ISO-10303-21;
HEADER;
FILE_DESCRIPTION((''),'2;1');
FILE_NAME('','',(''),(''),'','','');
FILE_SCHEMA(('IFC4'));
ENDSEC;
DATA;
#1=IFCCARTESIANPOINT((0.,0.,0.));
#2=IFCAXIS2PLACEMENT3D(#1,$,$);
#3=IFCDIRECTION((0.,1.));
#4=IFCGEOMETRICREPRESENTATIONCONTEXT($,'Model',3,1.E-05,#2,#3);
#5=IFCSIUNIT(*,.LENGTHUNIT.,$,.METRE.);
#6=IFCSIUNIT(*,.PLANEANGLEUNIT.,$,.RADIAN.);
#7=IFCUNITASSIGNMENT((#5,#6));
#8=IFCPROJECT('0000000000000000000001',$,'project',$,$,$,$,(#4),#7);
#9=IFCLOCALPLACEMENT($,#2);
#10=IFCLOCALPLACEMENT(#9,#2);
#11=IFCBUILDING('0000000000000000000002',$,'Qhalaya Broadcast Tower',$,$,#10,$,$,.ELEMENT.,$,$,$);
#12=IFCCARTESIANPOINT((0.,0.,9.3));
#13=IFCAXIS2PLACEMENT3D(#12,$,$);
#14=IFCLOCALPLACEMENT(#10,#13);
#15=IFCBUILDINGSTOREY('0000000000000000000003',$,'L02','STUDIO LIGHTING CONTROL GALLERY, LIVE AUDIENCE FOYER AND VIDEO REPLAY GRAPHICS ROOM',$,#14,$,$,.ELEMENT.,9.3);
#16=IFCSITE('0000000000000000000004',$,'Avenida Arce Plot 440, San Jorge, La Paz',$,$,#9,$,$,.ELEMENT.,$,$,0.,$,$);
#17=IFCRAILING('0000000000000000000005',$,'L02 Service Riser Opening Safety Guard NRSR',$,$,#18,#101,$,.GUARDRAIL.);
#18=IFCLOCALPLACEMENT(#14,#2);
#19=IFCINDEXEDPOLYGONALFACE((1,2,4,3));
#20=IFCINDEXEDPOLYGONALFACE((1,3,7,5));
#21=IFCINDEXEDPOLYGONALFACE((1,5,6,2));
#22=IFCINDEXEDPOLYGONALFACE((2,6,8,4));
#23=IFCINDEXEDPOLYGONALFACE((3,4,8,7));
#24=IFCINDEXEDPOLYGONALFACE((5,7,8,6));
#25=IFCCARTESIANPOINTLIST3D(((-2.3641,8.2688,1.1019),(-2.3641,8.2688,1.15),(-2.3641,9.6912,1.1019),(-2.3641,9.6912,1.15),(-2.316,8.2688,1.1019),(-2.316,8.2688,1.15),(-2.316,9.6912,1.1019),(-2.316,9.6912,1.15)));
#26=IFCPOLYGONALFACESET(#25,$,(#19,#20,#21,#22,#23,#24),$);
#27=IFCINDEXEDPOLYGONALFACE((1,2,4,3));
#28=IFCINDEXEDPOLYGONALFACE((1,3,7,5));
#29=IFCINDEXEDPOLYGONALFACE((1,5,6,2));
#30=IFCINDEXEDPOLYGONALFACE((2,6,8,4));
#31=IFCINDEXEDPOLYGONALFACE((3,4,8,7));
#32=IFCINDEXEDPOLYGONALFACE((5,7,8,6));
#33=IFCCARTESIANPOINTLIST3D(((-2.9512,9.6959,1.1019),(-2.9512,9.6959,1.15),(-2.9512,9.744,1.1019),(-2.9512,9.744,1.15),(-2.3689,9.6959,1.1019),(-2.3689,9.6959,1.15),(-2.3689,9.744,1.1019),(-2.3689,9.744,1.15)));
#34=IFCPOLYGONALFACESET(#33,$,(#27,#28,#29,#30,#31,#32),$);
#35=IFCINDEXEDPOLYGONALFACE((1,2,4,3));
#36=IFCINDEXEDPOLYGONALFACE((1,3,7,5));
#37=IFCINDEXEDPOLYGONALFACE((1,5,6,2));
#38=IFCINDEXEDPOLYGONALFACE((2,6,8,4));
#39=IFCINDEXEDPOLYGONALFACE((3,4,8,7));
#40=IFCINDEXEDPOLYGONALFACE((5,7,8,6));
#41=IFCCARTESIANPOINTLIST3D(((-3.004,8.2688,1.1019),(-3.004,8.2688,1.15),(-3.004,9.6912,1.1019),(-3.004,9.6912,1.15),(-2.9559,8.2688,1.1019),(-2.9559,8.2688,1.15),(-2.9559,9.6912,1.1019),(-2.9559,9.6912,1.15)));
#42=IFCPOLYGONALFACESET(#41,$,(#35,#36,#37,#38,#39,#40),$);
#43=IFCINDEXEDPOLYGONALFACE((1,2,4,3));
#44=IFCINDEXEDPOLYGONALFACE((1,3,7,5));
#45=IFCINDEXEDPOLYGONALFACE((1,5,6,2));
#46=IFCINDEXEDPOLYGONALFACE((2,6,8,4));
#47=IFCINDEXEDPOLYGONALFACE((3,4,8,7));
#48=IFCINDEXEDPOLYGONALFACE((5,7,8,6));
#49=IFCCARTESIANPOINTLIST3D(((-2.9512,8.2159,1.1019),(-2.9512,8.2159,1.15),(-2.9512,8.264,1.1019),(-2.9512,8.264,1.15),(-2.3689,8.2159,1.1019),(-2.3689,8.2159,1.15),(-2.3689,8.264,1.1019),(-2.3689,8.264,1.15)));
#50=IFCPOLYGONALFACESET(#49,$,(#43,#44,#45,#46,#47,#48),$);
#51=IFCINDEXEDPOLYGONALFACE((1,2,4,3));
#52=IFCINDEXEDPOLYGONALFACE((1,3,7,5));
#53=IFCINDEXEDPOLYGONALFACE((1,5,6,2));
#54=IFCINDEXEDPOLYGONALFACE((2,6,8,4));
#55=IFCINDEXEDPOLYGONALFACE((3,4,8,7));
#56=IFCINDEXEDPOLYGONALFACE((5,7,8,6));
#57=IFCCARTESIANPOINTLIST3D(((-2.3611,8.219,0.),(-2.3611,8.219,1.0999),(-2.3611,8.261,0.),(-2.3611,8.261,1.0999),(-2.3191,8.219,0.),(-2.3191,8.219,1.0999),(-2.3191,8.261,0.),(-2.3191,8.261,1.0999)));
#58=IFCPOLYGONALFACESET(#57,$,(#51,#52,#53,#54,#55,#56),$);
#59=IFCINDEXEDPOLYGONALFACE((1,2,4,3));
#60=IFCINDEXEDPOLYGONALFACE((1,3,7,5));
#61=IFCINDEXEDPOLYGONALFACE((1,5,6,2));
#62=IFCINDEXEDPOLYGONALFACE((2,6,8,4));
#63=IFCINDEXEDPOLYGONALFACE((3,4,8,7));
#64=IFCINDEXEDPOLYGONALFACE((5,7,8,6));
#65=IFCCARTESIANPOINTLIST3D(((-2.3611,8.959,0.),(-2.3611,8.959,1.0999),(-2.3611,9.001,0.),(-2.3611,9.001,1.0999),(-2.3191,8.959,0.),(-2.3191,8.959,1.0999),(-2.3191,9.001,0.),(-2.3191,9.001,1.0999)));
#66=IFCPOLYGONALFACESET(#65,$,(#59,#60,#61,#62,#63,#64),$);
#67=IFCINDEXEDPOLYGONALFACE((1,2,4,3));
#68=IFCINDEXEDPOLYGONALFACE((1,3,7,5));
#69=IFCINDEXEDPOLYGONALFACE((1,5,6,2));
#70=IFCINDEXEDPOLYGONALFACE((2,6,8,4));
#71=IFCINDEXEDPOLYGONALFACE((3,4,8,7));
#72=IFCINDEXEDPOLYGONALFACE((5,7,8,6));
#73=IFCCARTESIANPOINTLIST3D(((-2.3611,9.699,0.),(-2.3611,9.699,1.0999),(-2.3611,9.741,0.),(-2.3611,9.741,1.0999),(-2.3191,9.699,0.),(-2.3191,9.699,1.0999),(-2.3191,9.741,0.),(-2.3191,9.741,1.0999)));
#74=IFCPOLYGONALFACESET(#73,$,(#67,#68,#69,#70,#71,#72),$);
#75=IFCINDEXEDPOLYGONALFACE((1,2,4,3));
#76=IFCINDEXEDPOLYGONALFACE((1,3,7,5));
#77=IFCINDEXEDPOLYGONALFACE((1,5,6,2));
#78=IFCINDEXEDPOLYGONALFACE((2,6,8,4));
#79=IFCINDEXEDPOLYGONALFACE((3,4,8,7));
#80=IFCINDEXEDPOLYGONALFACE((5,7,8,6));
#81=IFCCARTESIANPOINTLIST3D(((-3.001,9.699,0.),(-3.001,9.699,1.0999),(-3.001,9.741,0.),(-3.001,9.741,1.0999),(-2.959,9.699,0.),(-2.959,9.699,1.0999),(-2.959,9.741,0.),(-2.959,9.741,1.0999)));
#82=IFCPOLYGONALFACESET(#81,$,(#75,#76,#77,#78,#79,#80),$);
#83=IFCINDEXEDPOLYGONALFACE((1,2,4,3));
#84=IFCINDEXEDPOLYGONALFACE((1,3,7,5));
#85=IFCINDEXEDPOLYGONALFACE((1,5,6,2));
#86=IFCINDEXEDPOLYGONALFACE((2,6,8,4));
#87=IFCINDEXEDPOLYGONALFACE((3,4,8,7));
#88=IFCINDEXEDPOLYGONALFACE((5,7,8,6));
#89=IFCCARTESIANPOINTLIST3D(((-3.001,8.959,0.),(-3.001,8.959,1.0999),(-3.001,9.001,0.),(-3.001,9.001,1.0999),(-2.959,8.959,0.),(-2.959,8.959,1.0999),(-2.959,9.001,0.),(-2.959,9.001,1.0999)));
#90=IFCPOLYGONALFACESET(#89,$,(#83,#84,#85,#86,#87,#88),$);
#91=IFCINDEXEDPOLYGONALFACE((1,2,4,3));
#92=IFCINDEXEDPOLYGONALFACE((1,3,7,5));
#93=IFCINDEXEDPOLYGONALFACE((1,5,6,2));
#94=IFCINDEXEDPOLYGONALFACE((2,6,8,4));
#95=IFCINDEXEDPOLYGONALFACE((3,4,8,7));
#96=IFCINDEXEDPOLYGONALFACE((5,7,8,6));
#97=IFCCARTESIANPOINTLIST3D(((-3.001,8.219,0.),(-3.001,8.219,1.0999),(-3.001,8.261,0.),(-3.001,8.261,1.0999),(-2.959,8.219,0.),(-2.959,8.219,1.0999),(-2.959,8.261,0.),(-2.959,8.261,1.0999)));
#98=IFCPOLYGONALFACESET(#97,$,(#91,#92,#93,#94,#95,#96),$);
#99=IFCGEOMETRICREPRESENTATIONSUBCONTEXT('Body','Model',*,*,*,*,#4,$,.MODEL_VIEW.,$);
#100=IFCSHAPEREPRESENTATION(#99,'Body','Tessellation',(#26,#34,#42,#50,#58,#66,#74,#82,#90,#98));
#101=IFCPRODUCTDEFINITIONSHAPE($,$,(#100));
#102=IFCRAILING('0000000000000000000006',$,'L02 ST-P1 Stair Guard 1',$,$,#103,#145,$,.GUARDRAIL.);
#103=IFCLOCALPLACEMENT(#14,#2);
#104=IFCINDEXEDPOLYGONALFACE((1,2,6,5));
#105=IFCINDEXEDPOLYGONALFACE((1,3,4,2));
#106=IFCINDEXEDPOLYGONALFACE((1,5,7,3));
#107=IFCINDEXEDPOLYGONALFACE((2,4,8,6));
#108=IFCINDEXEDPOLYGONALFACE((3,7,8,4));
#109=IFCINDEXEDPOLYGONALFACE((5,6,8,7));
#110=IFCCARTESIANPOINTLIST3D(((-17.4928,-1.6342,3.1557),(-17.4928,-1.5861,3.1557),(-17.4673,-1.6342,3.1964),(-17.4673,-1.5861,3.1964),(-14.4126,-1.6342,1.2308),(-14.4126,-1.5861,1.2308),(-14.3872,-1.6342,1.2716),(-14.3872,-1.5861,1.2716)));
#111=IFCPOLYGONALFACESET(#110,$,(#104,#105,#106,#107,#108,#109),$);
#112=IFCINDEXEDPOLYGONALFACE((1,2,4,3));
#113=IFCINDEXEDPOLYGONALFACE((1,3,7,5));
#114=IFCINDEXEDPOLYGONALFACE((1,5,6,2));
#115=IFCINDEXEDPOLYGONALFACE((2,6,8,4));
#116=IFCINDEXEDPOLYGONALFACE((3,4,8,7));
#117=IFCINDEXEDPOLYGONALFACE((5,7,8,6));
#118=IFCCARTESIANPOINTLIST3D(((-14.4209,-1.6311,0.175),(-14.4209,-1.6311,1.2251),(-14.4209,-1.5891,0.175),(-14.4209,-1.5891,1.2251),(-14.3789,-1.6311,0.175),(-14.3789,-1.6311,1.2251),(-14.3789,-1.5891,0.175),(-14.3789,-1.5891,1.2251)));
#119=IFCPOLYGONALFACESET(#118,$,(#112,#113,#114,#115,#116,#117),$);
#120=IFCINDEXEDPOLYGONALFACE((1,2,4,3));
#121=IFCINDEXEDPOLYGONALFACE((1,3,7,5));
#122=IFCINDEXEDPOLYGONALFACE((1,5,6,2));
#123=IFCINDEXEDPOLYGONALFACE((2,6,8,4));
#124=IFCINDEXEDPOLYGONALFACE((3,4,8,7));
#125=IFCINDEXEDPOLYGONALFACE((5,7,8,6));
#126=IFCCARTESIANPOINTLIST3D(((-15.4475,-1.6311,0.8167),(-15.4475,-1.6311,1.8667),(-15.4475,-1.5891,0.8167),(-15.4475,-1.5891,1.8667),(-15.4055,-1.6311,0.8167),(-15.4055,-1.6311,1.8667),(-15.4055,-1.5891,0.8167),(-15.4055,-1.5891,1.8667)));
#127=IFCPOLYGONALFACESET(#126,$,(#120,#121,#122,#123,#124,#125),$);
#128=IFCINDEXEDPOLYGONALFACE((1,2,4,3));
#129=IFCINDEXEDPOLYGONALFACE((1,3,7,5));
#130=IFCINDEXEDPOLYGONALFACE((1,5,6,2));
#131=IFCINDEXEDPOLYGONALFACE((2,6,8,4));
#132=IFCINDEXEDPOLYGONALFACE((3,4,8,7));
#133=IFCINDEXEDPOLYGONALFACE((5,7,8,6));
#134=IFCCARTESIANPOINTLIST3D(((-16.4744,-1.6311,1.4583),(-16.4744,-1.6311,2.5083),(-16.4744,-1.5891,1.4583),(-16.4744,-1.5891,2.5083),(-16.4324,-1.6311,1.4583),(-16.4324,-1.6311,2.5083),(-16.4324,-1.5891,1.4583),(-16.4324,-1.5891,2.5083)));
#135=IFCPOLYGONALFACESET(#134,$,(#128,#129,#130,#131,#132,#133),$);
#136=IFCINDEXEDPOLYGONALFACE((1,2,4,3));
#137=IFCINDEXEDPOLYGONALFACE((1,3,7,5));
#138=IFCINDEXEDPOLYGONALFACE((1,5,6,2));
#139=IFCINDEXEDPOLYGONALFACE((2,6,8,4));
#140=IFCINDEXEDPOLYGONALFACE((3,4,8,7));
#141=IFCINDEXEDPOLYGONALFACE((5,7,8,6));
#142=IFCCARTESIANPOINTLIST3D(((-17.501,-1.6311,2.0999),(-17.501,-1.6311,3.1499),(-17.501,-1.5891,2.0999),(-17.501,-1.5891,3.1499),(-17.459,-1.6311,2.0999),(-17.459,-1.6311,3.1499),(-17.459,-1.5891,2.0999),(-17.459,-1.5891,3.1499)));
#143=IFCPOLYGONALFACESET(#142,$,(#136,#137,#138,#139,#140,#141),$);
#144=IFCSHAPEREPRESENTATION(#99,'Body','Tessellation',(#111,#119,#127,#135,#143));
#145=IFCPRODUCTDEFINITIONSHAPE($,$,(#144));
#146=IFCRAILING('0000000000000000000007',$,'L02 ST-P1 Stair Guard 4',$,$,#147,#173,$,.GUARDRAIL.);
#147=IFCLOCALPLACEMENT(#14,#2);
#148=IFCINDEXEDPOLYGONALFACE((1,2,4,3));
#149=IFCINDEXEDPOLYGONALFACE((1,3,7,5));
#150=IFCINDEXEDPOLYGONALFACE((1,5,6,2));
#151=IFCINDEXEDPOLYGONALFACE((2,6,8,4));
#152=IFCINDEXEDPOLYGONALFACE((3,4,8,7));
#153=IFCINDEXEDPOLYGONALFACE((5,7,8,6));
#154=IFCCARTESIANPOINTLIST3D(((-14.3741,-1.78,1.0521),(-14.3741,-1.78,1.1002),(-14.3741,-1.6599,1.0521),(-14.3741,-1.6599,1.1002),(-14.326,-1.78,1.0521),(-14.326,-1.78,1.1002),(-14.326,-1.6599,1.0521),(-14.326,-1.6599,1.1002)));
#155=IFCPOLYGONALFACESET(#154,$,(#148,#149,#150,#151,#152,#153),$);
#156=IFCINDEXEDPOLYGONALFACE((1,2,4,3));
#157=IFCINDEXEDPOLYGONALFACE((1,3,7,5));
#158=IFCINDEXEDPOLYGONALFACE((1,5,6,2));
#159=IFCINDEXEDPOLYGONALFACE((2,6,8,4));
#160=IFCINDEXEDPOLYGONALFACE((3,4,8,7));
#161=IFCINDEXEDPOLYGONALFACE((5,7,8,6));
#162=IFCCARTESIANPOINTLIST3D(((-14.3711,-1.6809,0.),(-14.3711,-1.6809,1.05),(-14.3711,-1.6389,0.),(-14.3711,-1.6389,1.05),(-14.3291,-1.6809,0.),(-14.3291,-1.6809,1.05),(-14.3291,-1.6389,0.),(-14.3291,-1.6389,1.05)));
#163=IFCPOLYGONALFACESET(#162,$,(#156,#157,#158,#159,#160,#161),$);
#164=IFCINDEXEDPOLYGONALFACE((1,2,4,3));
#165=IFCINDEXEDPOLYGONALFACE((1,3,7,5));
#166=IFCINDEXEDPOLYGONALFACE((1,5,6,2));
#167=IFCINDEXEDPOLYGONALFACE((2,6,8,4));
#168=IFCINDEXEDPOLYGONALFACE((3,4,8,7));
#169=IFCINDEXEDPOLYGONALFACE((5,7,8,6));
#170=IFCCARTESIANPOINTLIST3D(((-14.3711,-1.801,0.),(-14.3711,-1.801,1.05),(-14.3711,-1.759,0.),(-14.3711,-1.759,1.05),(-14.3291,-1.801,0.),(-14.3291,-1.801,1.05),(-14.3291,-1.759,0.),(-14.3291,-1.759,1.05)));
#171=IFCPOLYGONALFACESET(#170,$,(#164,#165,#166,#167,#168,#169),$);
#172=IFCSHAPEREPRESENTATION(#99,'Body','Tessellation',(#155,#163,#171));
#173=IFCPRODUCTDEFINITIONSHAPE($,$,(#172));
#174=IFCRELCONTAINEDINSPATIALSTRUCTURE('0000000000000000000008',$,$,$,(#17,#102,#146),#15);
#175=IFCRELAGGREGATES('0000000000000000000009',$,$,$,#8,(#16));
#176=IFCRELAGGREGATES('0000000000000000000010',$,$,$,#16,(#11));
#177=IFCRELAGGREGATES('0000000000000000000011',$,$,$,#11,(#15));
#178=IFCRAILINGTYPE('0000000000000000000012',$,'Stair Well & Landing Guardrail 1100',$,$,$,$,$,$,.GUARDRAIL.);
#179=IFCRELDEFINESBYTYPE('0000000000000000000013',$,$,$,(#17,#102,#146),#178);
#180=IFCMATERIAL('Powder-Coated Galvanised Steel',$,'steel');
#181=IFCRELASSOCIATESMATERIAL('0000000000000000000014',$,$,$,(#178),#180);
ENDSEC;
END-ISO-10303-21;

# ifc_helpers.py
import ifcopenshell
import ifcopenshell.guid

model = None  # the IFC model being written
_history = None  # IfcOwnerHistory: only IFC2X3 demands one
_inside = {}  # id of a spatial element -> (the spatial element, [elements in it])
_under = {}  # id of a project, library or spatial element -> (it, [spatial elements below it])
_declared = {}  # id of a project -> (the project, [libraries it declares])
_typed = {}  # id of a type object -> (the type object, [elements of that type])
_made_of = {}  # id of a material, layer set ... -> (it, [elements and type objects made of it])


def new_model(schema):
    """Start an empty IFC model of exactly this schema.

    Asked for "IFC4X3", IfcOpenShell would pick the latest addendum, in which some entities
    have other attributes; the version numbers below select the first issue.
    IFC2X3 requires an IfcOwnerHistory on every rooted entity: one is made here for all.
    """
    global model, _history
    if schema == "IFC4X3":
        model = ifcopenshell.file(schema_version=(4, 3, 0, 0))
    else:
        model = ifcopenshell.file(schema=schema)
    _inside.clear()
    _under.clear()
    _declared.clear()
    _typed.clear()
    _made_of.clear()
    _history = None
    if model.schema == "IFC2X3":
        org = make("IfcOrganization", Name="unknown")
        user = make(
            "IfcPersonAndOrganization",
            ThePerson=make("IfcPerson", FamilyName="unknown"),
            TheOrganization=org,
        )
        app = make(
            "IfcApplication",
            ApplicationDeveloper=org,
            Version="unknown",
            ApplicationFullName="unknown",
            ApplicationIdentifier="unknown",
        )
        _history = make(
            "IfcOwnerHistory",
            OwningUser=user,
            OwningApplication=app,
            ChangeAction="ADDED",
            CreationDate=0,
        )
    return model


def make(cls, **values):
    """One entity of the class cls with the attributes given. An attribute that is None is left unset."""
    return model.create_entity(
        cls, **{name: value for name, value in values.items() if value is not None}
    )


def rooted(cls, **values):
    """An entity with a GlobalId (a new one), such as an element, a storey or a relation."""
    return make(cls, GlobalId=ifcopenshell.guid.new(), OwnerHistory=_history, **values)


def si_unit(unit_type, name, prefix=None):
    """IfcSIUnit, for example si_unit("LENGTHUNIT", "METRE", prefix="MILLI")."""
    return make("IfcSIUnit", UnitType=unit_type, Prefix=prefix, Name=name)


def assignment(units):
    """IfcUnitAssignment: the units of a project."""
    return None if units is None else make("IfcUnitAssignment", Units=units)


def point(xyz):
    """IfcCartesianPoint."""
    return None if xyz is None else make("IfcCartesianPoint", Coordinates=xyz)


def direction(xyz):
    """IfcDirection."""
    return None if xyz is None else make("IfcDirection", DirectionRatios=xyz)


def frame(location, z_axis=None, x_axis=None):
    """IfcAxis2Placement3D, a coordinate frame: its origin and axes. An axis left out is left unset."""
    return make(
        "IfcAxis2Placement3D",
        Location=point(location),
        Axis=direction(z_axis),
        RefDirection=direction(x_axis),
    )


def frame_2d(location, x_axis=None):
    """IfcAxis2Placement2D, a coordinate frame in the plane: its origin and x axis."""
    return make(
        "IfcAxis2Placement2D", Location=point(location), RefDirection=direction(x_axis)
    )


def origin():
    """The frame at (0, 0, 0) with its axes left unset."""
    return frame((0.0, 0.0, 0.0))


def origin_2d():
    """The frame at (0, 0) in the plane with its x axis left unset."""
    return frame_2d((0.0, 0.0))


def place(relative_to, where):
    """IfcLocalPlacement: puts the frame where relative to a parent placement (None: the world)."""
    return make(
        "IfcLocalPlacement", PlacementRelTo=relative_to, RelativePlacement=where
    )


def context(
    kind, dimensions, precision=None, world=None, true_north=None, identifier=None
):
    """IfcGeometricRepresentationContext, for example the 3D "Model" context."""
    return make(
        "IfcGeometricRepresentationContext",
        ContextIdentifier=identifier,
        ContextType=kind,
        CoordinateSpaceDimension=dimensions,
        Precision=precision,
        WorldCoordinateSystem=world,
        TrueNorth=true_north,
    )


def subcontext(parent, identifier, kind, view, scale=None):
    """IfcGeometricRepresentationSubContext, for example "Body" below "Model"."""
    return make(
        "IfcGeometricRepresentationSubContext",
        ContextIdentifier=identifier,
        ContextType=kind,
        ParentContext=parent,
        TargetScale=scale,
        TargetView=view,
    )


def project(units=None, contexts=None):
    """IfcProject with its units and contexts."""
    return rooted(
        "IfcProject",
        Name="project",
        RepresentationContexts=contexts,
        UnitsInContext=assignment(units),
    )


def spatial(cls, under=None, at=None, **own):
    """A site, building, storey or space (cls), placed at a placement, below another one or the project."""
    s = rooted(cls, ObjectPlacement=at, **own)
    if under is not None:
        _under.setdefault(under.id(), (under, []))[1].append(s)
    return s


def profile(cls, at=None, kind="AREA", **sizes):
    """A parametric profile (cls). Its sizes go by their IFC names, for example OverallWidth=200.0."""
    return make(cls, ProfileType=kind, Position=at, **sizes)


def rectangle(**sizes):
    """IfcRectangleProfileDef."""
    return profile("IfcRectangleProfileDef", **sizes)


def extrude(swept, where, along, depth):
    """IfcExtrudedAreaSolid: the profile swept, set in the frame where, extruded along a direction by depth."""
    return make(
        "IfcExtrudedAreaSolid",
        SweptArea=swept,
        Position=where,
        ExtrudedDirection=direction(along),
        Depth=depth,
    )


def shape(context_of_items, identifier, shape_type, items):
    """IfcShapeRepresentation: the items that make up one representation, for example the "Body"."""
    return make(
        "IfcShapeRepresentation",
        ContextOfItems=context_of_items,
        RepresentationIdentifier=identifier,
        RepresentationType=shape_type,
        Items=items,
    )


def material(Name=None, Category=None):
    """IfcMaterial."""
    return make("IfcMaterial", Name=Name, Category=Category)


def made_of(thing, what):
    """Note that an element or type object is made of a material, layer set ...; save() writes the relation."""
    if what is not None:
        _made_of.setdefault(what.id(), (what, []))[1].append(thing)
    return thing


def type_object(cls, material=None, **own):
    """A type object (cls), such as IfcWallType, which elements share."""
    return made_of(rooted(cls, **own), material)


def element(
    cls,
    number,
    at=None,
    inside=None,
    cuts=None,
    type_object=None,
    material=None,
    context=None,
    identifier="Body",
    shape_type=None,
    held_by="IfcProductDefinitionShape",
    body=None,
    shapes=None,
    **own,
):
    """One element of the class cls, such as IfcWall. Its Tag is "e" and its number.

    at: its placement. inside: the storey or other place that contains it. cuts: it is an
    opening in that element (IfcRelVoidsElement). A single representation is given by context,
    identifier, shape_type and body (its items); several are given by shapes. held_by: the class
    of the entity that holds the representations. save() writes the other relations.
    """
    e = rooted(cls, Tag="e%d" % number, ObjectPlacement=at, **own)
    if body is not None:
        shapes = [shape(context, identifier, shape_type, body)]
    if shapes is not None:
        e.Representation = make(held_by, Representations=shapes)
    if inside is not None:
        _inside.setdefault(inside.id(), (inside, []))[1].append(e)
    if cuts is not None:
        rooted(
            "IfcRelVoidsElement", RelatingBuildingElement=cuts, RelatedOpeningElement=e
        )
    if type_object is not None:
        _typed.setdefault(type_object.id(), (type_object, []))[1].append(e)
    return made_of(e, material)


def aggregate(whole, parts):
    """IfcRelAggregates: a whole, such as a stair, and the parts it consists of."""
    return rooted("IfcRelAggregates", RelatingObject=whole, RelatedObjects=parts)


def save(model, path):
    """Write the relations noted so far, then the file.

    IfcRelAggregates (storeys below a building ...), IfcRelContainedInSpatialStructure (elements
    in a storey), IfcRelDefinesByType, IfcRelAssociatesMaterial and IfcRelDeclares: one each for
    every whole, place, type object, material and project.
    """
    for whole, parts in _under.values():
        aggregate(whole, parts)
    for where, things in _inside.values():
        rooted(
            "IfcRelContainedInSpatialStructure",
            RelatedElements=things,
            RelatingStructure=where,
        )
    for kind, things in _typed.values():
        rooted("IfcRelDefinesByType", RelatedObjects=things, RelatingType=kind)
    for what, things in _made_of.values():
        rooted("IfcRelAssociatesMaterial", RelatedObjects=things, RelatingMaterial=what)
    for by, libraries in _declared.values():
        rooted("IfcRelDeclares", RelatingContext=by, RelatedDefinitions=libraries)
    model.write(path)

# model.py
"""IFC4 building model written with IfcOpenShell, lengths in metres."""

from ifc_helpers import new_model, si_unit, direction, frame, origin, origin_2d, place, context, subcontext, project, spatial, rectangle, extrude, material, type_object, element, save


model = new_model("IFC4")

# Units and contexts
model_context = context("Model", 3, precision=1e-05, world=origin(), true_north=direction((0.0, 1.0)))
body_context = subcontext(model_context, "Body", "Model", "MODEL_VIEW")
ifc_project = project(units=[si_unit("LENGTHUNIT", "METRE"), si_unit("PLANEANGLEUNIT", "RADIAN")], contexts=[model_context])

# Site, building, storey
site_placement = place(None, origin())
site = spatial("IfcSite", under=ifc_project, at=site_placement, Name="Avenida Arce Plot 440, San Jorge, La Paz", CompositionType="ELEMENT", RefElevation=0.0)
building_placement = place(site_placement, origin())
building = spatial("IfcBuilding", under=site, at=building_placement, Name="Qhalaya Broadcast Tower", CompositionType="ELEMENT")
storey_placement = place(building_placement, frame((0.0, 0.0, 9.3)))
storey = spatial("IfcBuildingStorey", under=building, at=storey_placement, Name="L02", Description="STUDIO LIGHTING CONTROL GALLERY, LIVE AUDIENCE FOYER AND VIDEO REPLAY GRAPHICS ROOM", CompositionType="ELEMENT", Elevation=9.3)

# Railings
ifc_material_1 = material(Name="Powder-Coated Galvanised Steel", Category="steel")
railing_type_1 = type_object("IfcRailingType", Name="Stair Well & Landing Guardrail 1100", PredefinedType="GUARDRAIL", material=ifc_material_1)
railing_1_placement = place(storey_placement, frame((-2.3401, 8.24, 0.0)))
element("IfcRailing", 1, at=railing_1_placement, inside=storey, type_object=railing_type_1, Name="L02 Service Riser Opening Safety Guard NRSR", PredefinedType="GUARDRAIL", context=body_context, shape_type="SweptSolid", body=[
    extrude(rectangle(XDim=0.0481, YDim=0.0481, at=origin_2d()), frame((0.0, 0.0288, 1.126), z_axis=(0.0, 1.0, 0.0), x_axis=(-1.0, 0.0, 0.0)), (0.0, 0.0, 1.0), 1.4224),
    extrude(rectangle(XDim=0.0481, YDim=0.0481, at=origin_2d()), frame((-0.0288, 1.48, 1.126), z_axis=(-1.0, 0.0, 0.0), x_axis=(0.0, -1.0, 0.0)), (0.0, 0.0, 1.0), 0.5823),
    extrude(rectangle(XDim=0.0481, YDim=0.0481, at=origin_2d()), frame((-0.6399, 1.4512, 1.126), z_axis=(0.0, -1.0, 0.0), x_axis=(1.0, 0.0, 0.0)), (0.0, 0.0, 1.0), 1.4224),
    extrude(rectangle(XDim=0.0481, YDim=0.0481, at=origin_2d()), frame((-0.6111, 0.0, 1.126), z_axis=(1.0, 0.0, 0.0), x_axis=(0.0, 1.0, 0.0)), (0.0, 0.0, 1.0), 0.5823),
    extrude(rectangle(XDim=0.042, YDim=0.042, at=origin_2d()), origin(), (0.0, 0.0, 1.0), 1.0999),
    extrude(rectangle(XDim=0.042, YDim=0.042, at=origin_2d()), frame((0.0, 0.74, 0.0)), (0.0, 0.0, 1.0), 1.0999),
    extrude(rectangle(XDim=0.042, YDim=0.042, at=origin_2d()), frame((0.0, 1.48, 0.0)), (0.0, 0.0, 1.0), 1.0999),
    extrude(rectangle(XDim=0.042, YDim=0.042, at=origin_2d()), frame((-0.6399, 1.48, 0.0)), (0.0, 0.0, 1.0), 1.0999),
    extrude(rectangle(XDim=0.042, YDim=0.042, at=origin_2d()), frame((-0.6399, 0.74, 0.0)), (0.0, 0.0, 1.0), 1.0999),
    extrude(rectangle(XDim=0.042, YDim=0.042, at=origin_2d()), frame((-0.6399, 0.0, 0.0)), (0.0, 0.0, 1.0), 1.0999),
])
railing_2_placement = place(storey_placement, frame((-14.3999, -1.6101, 0.175)))
element("IfcRailing", 2, at=railing_2_placement, inside=storey, type_object=railing_type_1, Name="L02 ST-P1 Stair Guard 1", PredefinedType="GUARDRAIL", context=body_context, shape_type="SweptSolid", body=[
    extrude(rectangle(XDim=0.0481, YDim=0.0481, at=origin_2d()), frame((0.0, 0.0, 1.0762), z_axis=(-0.848029, 0.0, 0.529951), x_axis=(0.0, -1.0, 0.0)), (0.0, 0.0, 1.0), 3.6321),
    extrude(rectangle(XDim=0.042, YDim=0.042, at=origin_2d()), origin(), (0.0, 0.0, 1.0), 1.05),
    extrude(rectangle(XDim=0.042, YDim=0.042, at=origin_2d()), frame((-1.0266, 0.0, 0.6416)), (0.0, 0.0, 1.0), 1.05),
    extrude(rectangle(XDim=0.042, YDim=0.042, at=origin_2d()), frame((-2.0535, 0.0, 1.2832)), (0.0, 0.0, 1.0), 1.05),
    extrude(rectangle(XDim=0.042, YDim=0.042, at=origin_2d()), frame((-3.0801, 0.0, 1.9248)), (0.0, 0.0, 1.0), 1.05),
])
railing_3_placement = place(storey_placement, frame((-14.3501, -1.6599, 0.0)))
element("IfcRailing", 3, at=railing_3_placement, inside=storey, type_object=railing_type_1, Name="L02 ST-P1 Stair Guard 4", PredefinedType="GUARDRAIL", context=body_context, shape_type="SweptSolid", body=[
    extrude(rectangle(XDim=0.0481, YDim=0.0481, at=origin_2d()), frame((0.0, 0.0, 1.0762), z_axis=(0.0, -1.0, 0.0), x_axis=(1.0, 0.0, 0.0)), (0.0, 0.0, 1.0), 0.1201),
    extrude(rectangle(XDim=0.042, YDim=0.042, at=origin_2d()), origin(), (0.0, 0.0, 1.0), 1.05),
    extrude(rectangle(XDim=0.042, YDim=0.042, at=origin_2d()), frame((0.0, -0.1201, 0.0)), (0.0, 0.0, 1.0), 1.05),
])

save(model, "model.ifc")
